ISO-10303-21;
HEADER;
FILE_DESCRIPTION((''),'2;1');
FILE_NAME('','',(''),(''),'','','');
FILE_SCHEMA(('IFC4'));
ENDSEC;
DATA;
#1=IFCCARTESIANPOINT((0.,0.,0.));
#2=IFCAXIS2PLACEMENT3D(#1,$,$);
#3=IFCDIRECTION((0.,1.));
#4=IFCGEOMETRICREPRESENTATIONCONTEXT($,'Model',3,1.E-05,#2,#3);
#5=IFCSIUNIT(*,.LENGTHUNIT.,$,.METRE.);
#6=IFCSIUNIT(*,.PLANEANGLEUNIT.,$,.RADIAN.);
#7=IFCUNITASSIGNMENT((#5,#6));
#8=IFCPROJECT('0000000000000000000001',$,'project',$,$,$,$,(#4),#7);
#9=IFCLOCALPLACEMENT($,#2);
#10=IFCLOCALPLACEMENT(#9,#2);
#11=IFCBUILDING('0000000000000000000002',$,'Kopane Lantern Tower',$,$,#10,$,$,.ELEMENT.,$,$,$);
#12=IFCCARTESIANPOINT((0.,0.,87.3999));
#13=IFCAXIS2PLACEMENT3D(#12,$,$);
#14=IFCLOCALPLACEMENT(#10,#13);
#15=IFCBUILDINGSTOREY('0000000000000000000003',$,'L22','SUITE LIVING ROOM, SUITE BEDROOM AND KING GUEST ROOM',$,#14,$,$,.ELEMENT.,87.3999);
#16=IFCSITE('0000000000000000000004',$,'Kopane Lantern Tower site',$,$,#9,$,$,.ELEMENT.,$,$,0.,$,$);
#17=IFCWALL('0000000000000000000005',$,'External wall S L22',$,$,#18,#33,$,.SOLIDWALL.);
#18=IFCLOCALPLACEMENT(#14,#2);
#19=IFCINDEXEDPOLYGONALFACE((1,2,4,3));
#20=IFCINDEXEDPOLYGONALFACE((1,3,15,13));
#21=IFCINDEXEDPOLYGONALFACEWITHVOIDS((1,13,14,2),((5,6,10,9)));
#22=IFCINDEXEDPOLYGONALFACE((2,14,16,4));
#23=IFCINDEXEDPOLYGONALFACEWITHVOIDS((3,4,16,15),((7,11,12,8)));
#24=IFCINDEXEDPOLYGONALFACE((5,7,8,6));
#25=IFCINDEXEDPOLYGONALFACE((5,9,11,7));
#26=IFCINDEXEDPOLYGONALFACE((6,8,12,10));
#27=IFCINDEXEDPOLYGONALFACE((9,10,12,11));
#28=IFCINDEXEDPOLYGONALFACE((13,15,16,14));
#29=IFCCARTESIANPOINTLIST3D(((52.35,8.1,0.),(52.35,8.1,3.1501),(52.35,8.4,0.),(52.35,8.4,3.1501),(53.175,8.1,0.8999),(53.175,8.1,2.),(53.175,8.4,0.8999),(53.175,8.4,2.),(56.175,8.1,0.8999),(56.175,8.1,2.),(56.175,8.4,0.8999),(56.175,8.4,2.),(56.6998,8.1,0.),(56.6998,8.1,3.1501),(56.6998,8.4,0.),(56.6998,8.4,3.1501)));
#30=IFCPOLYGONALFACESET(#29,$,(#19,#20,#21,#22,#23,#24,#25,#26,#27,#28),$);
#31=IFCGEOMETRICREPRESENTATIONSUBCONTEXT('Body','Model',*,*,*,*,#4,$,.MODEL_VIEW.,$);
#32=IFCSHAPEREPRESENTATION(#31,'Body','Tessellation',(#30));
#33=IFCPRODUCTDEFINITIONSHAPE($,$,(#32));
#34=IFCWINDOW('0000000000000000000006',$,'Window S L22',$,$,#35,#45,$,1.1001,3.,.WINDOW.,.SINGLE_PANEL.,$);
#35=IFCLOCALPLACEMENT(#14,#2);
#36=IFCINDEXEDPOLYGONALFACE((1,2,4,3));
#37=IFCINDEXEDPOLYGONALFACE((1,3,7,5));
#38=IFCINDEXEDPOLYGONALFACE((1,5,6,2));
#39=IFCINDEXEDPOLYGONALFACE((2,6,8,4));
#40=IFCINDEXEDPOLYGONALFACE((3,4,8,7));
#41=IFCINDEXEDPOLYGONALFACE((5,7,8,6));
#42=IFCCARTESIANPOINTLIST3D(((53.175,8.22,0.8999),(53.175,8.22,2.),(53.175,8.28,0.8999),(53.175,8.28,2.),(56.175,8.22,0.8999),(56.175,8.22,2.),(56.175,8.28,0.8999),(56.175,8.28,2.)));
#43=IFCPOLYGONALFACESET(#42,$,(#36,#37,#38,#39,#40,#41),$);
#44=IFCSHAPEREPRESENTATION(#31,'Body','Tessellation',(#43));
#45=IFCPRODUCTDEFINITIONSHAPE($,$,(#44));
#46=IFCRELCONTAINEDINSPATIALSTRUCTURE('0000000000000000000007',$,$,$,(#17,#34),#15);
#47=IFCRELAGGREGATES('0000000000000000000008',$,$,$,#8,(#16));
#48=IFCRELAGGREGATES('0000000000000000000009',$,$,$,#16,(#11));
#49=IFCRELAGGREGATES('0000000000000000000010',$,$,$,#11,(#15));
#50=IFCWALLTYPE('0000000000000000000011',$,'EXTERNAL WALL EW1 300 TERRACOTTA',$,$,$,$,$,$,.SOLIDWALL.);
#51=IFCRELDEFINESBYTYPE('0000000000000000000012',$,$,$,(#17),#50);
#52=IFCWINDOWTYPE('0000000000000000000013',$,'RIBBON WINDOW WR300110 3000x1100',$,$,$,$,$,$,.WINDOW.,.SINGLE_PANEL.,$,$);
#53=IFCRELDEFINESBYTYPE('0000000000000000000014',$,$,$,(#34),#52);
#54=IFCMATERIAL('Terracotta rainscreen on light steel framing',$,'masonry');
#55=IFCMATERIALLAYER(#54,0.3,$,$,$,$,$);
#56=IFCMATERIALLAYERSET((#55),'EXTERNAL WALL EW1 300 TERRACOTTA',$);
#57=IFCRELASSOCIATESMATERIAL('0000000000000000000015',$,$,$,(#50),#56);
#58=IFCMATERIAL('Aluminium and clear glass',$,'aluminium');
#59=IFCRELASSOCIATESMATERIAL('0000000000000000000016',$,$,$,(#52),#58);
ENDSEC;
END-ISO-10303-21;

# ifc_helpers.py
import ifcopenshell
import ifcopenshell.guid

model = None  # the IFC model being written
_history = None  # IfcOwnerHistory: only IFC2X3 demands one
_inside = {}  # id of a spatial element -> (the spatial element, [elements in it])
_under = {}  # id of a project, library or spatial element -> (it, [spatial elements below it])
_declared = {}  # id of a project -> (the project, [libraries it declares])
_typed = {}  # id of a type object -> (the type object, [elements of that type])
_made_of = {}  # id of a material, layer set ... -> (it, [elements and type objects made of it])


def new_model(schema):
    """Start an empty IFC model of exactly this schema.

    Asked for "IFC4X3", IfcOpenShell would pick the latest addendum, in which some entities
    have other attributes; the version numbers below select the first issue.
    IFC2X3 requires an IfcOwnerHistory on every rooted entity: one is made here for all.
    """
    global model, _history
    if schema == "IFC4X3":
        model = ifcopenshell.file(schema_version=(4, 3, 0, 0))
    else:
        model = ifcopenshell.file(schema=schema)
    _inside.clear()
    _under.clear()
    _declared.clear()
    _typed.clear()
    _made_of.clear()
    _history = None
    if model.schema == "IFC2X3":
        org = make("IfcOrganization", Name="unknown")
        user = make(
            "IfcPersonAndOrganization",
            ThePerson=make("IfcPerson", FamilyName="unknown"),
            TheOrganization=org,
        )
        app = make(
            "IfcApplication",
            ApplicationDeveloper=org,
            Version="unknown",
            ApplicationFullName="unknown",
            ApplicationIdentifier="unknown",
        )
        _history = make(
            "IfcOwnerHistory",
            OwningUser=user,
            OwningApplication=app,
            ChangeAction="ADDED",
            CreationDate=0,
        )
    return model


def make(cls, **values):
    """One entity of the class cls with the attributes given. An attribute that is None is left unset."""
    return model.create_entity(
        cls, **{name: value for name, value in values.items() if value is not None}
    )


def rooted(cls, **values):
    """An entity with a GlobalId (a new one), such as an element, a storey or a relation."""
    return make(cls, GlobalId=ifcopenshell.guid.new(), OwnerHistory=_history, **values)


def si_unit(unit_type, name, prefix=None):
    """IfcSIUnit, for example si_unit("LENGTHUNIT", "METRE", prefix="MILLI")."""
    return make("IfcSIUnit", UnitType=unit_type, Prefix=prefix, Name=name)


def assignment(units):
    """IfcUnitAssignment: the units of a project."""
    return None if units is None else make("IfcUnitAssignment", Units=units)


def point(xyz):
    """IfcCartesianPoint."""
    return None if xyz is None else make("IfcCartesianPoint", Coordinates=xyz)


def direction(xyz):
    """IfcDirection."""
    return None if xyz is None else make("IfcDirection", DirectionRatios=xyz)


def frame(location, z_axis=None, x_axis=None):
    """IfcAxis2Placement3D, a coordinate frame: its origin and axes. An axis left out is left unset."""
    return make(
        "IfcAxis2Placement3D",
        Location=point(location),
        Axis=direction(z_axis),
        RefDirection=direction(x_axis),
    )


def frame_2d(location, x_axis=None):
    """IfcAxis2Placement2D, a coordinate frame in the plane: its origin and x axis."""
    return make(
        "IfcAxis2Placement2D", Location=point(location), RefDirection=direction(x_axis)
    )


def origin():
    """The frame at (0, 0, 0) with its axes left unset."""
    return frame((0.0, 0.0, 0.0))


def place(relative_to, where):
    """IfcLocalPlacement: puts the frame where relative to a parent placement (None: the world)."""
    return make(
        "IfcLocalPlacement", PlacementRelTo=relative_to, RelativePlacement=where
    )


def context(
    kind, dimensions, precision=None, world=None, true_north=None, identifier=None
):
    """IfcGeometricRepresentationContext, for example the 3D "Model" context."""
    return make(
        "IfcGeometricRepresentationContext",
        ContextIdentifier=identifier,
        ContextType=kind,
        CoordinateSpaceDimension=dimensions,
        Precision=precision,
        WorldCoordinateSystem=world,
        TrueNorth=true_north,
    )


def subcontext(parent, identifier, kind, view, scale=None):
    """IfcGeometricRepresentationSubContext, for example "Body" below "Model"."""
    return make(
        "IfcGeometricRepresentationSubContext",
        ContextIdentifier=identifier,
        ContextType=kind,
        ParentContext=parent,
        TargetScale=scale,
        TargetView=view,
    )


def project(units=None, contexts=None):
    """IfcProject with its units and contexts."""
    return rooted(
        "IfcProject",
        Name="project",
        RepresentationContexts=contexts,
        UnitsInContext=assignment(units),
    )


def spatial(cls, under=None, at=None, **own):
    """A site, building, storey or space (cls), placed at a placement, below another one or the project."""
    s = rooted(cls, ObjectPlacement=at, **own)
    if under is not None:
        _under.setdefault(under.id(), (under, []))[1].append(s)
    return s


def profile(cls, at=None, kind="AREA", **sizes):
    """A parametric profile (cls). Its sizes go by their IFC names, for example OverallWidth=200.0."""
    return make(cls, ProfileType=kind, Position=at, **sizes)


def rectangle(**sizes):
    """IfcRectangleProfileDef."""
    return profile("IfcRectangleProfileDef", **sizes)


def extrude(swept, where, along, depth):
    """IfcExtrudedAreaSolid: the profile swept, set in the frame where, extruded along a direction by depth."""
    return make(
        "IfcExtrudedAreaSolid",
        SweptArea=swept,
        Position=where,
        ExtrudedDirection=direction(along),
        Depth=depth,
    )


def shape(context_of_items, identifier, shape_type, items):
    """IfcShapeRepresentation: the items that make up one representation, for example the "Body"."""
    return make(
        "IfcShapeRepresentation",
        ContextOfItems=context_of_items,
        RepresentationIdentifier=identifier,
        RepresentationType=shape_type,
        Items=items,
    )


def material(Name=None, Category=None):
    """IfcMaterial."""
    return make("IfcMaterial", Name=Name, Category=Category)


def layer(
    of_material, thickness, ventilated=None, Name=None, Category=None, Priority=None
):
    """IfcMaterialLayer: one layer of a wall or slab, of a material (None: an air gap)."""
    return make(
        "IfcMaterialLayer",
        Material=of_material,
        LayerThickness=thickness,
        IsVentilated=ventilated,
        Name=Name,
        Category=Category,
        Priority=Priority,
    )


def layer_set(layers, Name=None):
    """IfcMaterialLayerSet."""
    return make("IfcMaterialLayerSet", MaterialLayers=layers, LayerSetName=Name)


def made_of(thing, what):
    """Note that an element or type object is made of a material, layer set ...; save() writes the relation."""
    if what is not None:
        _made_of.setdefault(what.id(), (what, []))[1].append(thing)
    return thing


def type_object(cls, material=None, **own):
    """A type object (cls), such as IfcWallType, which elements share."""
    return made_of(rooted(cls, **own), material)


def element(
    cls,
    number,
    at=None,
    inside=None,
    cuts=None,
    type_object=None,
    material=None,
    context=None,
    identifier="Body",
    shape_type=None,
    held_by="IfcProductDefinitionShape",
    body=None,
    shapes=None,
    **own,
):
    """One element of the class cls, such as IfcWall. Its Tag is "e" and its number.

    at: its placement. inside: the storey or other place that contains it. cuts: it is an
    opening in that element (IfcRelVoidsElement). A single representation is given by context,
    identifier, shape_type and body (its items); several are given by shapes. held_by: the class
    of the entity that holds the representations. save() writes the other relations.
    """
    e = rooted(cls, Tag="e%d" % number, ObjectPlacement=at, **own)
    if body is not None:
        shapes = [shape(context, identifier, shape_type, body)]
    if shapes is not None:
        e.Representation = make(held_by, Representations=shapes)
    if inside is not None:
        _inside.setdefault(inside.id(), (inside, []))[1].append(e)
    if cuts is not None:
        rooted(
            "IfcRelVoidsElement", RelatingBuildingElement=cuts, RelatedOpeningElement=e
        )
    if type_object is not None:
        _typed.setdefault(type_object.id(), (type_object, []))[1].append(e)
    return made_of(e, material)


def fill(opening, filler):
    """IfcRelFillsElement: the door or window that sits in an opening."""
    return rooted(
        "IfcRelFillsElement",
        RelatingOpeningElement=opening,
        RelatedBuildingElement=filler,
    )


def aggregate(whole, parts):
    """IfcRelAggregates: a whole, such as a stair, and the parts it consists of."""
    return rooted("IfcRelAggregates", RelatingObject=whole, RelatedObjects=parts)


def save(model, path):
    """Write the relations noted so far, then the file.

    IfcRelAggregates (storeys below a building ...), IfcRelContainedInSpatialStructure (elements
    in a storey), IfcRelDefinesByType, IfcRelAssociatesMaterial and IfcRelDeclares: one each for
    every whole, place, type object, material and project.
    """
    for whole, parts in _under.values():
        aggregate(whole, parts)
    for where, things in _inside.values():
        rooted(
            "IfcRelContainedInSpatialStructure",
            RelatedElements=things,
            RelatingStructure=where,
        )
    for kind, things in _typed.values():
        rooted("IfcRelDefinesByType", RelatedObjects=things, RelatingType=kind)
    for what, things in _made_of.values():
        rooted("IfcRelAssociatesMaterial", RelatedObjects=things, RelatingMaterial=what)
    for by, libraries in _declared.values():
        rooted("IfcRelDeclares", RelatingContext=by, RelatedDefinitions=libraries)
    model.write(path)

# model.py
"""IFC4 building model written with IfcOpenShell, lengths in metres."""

from ifc_helpers import new_model, si_unit, direction, frame, frame_2d, origin, place, context, subcontext, project, spatial, rectangle, extrude, material, layer, layer_set, type_object, element, fill, save


model = new_model("IFC4")

# Units and contexts
model_context = context("Model", 3, precision=1e-05, world=origin(), true_north=direction((0.0, 1.0)))
body_context = subcontext(model_context, "Body", "Model", "MODEL_VIEW")
ifc_project = project(units=[si_unit("LENGTHUNIT", "METRE"), si_unit("PLANEANGLEUNIT", "RADIAN")], contexts=[model_context])

# Site, building, storey
site_placement = place(None, origin())
site = spatial("IfcSite", under=ifc_project, at=site_placement, Name="Kopane Lantern Tower site", CompositionType="ELEMENT", RefElevation=0.0)
building_placement = place(site_placement, origin())
building = spatial("IfcBuilding", under=site, at=building_placement, Name="Kopane Lantern Tower", CompositionType="ELEMENT")
storey_placement = place(building_placement, frame((0.0, 0.0, 87.3999)))
storey = spatial("IfcBuildingStorey", under=building, at=storey_placement, Name="L22", Description="SUITE LIVING ROOM, SUITE BEDROOM AND KING GUEST ROOM", CompositionType="ELEMENT", Elevation=87.3999)

# Wall, opening, window
ifc_material_1 = material(Name="Terracotta rainscreen on light steel framing", Category="masonry")
ifc_layer_1 = layer(ifc_material_1, 0.3)
ifc_layer_set_1 = layer_set([ifc_layer_1], Name="EXTERNAL WALL EW1 300 TERRACOTTA")
wall_type_1 = type_object("IfcWallType", Name="EXTERNAL WALL EW1 300 TERRACOTTA", PredefinedType="SOLIDWALL", material=ifc_layer_set_1)
wall_1_placement = place(storey_placement, frame((52.3501, 8.25, 0.0), z_axis=(0.0, 0.0, 1.0), x_axis=(1.0, 0.0, 0.0)))
wall_1 = element("IfcWall", 1, at=wall_1_placement, inside=storey, type_object=wall_type_1, Name="External wall S L22", PredefinedType="SOLIDWALL", context=body_context, shape_type="SweptSolid", body=[
    extrude(rectangle(XDim=4.3499, YDim=0.3, at=frame_2d((2.1748, 0.0))), origin(), (0.0, 0.0, 1.0), 3.1501),
])
opening_1_placement = place(wall_1_placement, frame((0.825, 0.0, 0.8999)))
opening_1 = element("IfcOpeningElement", 2, at=opening_1_placement, cuts=wall_1, PredefinedType="OPENING", context=body_context, shape_type="SweptSolid", body=[
    extrude(rectangle(XDim=3.0, YDim=1.1001, at=frame_2d((1.5, 0.55))), frame((0.0, 0.1599, 0.0), z_axis=(0.0, -1.0, 0.0), x_axis=(1.0, 0.0, 0.0)), (0.0, 0.0, 1.0), 0.3201),
])
ifc_material_2 = material(Name="Aluminium and clear glass", Category="aluminium")
window_type = type_object("IfcWindowType", Name="RIBBON WINDOW WR300110 3000x1100", PartitioningType="SINGLE_PANEL", PredefinedType="WINDOW", material=ifc_material_2)
window_1_placement = place(opening_1_placement, origin())
window_1 = element("IfcWindow", 3, at=window_1_placement, inside=storey, type_object=window_type, Name="Window S L22", OverallHeight=1.1001, OverallWidth=3.0, PartitioningType="SINGLE_PANEL", PredefinedType="WINDOW", context=body_context, shape_type="SweptSolid", body=[
    extrude(rectangle(XDim=3.0, YDim=1.1001, at=frame_2d((1.5, 0.55))), frame((0.0, 0.03, 0.0), z_axis=(0.0, -1.0, 0.0), x_axis=(1.0, 0.0, 0.0)), (0.0, 0.0, 1.0), 0.0601),
])
fill(opening_1, window_1)

save(model, "model.ifc")
